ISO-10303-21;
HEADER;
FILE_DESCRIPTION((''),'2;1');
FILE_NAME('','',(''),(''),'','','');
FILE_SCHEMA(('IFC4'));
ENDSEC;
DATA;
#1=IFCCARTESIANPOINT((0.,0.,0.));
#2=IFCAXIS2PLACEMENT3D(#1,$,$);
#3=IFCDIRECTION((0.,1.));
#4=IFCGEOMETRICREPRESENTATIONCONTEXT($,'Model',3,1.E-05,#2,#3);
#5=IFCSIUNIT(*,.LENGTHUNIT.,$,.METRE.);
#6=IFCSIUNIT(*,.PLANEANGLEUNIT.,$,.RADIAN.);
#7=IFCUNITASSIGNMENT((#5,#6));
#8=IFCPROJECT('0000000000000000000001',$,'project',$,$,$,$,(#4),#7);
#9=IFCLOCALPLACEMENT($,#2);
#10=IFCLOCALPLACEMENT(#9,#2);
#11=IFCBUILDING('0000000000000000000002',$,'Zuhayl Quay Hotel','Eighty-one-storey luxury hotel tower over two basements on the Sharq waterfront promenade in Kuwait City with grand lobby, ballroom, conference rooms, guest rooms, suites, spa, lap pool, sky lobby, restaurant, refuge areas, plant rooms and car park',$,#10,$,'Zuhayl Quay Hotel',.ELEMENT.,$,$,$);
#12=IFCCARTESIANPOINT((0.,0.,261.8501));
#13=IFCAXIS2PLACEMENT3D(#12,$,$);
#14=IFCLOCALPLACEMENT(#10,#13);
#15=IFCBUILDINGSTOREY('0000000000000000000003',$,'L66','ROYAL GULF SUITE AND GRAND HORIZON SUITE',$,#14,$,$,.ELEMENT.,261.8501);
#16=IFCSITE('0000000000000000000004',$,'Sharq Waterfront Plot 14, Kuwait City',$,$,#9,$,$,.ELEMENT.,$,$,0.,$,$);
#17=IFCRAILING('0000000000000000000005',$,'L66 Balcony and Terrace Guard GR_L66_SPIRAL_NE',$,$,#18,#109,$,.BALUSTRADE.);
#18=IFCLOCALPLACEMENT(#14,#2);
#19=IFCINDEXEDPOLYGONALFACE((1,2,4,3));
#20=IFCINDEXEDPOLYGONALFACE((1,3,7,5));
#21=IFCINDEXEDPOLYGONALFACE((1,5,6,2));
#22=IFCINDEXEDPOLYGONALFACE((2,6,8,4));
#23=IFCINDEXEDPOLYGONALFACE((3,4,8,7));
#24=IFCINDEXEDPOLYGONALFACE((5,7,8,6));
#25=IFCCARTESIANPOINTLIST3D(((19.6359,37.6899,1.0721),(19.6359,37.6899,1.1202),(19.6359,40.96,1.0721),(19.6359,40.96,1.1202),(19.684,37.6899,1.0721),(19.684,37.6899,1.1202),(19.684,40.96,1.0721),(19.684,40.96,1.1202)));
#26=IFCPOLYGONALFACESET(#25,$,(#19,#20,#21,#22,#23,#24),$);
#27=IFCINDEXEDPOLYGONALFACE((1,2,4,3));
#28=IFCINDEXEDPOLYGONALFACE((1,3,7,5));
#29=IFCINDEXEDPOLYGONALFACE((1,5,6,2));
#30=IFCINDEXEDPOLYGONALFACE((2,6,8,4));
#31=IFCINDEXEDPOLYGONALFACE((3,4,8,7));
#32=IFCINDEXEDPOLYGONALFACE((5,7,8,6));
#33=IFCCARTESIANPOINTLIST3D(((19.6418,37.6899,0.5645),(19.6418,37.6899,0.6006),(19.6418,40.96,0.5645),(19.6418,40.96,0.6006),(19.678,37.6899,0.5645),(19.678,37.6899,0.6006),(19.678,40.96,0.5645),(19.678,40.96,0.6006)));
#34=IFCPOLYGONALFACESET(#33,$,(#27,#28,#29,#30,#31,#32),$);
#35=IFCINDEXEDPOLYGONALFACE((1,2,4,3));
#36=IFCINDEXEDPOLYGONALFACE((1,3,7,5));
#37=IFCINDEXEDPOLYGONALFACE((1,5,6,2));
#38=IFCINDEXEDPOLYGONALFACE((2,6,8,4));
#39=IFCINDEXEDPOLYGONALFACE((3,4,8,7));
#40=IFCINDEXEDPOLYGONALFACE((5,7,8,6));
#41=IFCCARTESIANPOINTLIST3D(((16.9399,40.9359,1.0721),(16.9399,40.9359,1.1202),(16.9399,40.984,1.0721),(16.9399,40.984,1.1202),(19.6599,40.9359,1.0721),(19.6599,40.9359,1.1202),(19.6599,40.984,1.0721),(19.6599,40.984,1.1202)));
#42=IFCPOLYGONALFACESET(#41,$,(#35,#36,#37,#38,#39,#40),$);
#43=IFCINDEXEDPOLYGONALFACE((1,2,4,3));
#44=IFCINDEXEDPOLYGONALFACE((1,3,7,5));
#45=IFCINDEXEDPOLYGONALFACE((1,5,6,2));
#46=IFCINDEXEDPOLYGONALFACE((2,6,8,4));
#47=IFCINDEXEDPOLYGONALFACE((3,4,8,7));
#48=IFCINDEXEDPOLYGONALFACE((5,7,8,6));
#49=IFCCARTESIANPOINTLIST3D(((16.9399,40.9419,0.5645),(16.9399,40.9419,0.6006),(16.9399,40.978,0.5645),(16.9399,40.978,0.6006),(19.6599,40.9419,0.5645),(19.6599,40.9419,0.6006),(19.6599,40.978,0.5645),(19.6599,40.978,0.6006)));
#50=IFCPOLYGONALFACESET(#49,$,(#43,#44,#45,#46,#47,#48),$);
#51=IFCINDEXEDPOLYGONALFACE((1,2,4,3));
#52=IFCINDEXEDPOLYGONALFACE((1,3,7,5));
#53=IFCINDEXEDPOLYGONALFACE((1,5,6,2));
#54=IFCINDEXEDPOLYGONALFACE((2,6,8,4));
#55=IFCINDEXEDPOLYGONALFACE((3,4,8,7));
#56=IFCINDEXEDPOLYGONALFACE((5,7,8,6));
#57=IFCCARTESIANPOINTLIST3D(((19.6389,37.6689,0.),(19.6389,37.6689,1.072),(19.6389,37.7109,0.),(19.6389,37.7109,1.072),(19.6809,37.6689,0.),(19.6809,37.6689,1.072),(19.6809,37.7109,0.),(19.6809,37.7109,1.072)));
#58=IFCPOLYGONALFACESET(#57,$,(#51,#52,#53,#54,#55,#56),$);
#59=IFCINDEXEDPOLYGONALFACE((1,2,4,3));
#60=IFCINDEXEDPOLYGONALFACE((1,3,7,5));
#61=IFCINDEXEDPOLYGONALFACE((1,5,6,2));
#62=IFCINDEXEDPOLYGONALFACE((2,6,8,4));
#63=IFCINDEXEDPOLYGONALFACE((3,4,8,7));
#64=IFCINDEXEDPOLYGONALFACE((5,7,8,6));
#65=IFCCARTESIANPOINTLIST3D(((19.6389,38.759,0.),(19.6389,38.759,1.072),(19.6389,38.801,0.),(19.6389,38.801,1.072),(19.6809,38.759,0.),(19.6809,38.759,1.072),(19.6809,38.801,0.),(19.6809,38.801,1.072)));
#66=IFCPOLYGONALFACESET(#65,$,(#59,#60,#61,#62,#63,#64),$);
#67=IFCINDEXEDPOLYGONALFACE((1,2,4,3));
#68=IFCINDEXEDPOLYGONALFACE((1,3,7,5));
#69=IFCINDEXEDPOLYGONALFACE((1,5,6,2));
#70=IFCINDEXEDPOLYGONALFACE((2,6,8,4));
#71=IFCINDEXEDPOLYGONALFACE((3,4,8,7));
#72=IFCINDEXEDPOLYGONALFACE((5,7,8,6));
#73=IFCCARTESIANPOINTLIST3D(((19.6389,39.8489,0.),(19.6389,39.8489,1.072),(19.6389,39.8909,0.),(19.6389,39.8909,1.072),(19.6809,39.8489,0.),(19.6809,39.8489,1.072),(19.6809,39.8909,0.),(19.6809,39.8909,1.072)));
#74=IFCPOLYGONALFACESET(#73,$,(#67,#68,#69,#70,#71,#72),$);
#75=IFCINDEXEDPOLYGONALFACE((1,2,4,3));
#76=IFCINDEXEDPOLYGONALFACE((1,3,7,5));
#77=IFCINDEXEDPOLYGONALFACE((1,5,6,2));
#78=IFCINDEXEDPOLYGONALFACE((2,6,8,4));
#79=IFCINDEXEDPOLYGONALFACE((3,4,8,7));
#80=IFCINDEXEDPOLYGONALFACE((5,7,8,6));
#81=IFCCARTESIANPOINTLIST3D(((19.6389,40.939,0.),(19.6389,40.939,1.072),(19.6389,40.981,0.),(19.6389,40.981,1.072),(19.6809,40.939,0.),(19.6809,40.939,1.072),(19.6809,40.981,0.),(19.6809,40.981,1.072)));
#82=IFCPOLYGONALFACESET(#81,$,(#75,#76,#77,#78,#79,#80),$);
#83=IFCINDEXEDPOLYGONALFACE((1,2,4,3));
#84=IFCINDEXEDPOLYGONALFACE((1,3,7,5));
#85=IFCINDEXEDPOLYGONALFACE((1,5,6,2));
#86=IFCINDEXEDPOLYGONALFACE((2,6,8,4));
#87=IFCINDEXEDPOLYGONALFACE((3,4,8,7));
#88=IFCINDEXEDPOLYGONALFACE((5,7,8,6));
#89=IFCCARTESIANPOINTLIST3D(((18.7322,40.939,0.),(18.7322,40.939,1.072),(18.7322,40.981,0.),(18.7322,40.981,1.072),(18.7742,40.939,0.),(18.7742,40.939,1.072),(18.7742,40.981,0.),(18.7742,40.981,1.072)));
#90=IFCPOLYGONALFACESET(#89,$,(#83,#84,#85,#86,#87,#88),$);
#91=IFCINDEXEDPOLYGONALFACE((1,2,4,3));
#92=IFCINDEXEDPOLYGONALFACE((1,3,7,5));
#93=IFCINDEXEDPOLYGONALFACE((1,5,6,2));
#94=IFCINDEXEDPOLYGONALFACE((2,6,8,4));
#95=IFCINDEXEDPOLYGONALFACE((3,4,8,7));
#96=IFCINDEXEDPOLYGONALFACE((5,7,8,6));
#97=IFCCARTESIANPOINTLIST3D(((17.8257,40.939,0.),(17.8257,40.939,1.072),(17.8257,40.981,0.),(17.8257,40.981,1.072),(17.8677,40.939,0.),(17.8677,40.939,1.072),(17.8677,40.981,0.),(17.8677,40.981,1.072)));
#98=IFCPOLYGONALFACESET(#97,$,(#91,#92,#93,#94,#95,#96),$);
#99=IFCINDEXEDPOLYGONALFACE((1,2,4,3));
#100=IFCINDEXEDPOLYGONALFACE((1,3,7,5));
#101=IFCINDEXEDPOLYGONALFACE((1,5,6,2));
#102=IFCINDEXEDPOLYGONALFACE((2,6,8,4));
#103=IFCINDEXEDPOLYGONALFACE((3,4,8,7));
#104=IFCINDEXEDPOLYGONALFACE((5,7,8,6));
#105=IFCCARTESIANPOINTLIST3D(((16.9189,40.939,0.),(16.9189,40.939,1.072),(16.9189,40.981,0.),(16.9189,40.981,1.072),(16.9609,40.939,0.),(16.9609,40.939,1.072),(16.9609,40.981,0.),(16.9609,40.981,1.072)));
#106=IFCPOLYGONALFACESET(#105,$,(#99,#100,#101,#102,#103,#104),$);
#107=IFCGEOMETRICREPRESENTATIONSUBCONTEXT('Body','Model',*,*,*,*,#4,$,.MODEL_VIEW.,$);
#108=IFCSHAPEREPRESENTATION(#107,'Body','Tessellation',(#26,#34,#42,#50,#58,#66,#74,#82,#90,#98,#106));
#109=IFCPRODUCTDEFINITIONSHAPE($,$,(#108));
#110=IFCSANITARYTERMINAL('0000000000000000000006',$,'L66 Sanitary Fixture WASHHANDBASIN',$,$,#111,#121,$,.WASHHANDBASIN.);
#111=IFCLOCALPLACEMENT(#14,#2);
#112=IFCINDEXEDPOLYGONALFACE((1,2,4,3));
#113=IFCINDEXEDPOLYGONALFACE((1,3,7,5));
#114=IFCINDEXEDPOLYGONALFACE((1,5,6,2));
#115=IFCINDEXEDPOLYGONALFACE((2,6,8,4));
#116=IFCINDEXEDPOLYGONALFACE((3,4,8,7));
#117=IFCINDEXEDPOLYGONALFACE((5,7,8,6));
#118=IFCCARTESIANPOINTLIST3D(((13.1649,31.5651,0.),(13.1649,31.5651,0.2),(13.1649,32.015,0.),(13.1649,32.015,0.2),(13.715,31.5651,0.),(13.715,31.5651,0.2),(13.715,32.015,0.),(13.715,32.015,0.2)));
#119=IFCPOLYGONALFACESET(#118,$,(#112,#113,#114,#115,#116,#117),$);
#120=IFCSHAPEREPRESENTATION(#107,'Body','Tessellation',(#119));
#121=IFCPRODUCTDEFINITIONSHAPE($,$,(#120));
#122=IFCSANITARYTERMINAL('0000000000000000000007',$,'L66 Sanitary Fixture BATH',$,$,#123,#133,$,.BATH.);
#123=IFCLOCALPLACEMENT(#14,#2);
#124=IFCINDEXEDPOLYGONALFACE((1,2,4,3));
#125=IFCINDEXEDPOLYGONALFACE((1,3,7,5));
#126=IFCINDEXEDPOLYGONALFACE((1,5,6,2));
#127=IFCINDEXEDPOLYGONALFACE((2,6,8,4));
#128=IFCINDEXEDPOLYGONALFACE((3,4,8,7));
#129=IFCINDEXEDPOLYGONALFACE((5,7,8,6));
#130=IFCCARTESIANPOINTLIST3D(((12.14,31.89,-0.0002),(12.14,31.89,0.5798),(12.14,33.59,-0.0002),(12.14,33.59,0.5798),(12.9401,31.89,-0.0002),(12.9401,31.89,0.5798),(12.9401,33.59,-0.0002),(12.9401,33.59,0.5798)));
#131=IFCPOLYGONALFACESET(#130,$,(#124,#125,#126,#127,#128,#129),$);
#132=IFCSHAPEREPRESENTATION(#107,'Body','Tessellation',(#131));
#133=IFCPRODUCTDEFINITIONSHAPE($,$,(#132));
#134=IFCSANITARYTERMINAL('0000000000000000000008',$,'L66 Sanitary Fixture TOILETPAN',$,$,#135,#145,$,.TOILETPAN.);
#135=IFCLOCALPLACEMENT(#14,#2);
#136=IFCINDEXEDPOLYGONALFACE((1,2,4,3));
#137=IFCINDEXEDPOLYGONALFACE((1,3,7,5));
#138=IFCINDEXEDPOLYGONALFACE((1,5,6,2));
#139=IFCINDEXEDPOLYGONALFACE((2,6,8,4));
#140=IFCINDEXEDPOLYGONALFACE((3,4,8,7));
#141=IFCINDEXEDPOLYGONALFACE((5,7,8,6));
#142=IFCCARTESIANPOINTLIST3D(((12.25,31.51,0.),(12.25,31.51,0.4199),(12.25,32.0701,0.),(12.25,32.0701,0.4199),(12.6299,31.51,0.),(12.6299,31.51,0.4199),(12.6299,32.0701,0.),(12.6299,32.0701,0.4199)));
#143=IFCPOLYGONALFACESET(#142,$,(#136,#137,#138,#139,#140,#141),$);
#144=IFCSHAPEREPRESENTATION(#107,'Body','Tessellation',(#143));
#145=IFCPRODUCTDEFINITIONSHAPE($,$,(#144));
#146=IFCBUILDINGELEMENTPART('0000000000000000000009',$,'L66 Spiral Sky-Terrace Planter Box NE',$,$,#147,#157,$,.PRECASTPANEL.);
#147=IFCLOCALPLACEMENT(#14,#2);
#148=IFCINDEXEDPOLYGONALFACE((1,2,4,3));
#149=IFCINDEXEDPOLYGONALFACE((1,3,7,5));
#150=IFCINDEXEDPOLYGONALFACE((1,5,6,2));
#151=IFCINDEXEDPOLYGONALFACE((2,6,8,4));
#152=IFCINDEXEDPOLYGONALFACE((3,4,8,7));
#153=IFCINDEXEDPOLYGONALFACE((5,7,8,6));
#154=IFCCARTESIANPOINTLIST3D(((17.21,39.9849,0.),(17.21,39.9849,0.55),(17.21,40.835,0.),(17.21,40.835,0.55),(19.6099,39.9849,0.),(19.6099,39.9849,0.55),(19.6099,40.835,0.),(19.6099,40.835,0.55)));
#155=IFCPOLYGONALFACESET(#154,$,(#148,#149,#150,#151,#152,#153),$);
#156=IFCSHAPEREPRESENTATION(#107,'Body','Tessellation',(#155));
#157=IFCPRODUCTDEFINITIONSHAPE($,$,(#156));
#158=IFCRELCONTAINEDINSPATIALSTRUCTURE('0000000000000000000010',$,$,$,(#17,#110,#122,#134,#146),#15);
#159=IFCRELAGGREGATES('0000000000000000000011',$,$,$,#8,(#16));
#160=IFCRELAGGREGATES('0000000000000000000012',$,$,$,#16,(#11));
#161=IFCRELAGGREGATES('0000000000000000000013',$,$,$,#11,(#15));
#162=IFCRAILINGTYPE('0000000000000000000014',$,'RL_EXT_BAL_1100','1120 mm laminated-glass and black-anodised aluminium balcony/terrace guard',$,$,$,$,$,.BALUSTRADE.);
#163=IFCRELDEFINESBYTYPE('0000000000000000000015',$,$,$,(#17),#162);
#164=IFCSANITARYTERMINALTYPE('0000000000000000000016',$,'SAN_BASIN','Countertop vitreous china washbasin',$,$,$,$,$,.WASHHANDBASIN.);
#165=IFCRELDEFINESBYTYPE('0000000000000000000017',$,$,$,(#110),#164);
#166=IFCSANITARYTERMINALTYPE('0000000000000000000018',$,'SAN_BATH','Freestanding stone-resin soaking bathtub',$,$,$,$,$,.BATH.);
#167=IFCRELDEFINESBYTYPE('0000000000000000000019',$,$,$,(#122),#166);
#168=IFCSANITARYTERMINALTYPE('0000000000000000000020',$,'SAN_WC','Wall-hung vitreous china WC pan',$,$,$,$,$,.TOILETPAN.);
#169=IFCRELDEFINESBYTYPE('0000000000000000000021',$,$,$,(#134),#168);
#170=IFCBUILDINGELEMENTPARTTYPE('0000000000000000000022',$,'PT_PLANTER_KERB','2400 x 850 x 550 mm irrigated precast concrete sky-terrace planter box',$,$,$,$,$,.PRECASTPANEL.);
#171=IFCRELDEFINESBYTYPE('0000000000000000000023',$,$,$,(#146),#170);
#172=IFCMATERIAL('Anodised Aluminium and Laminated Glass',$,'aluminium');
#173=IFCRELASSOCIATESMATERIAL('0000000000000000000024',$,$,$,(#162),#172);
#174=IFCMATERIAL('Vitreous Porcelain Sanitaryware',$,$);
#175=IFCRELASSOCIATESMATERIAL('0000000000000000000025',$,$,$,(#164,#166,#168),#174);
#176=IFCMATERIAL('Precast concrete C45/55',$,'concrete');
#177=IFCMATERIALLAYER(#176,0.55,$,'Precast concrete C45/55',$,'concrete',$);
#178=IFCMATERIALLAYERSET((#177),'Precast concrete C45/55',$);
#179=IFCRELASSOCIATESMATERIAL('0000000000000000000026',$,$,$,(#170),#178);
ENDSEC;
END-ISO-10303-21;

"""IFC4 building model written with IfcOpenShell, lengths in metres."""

from ifc_helpers import new_model, si_unit, direction, frame, origin, origin_2d, place, context, subcontext, project, spatial, rectangle, extrude, material, layer, layer_set, type_object, element, save


model = new_model("IFC4")

# Units and contexts
model_context = context("Model", 3, precision=1e-05, world=origin(), true_north=direction((0.0, 1.0)))
body_context = subcontext(model_context, "Body", "Model", "MODEL_VIEW")
ifc_project = project(units=[si_unit("LENGTHUNIT", "METRE"), si_unit("PLANEANGLEUNIT", "RADIAN")], contexts=[model_context])

# Site, building, storey
site_placement = place(None, origin())
site = spatial("IfcSite", under=ifc_project, at=site_placement, Name="Sharq Waterfront Plot 14, Kuwait City", CompositionType="ELEMENT", RefElevation=0.0)
building_placement = place(site_placement, origin())
building = spatial("IfcBuilding", under=site, at=building_placement, Name="Zuhayl Quay Hotel", Description="Eighty-one-storey luxury hotel tower over two basements on the Sharq waterfront promenade in Kuwait City with grand lobby, ballroom, conference rooms, guest rooms, suites, spa, lap pool, sky lobby, restaurant, refuge areas, plant rooms and car park", LongName="Zuhayl Quay Hotel", CompositionType="ELEMENT")
storey_placement = place(building_placement, frame((0.0, 0.0, 261.8501)))
storey = spatial("IfcBuildingStorey", under=building, at=storey_placement, Name="L66", Description="ROYAL GULF SUITE AND GRAND HORIZON SUITE", CompositionType="ELEMENT", Elevation=261.8501)

# Shared definitions
ifc_material_1 = material(Name="Precast concrete C45/55", Category="concrete")

# Railing
ifc_material_2 = material(Name="Anodised Aluminium and Laminated Glass", Category="aluminium")
railing_type = type_object("IfcRailingType", Name="RL_EXT_BAL_1100", Description="1120 mm laminated-glass and black-anodised aluminium balcony/terrace guard", PredefinedType="BALUSTRADE", material=ifc_material_2)
railing_placement = place(storey_placement, frame((19.6599, 37.6899, 0.0)))
element("IfcRailing", 1, at=railing_placement, inside=storey, type_object=railing_type, Name="L66 Balcony and Terrace Guard GR_L66_SPIRAL_NE", PredefinedType="BALUSTRADE", context=body_context, shape_type="SweptSolid", body=[
    extrude(rectangle(XDim=0.0481, YDim=0.0481, at=origin_2d()), frame((0.0, 0.0, 1.0962), z_axis=(0.0, 1.0, 0.0), x_axis=(-1.0, 0.0, 0.0)), (0.0, 0.0, 1.0), 3.27),
    extrude(rectangle(XDim=0.0361, YDim=0.0361, at=origin_2d()), frame((0.0, 0.0, 0.5825), z_axis=(0.0, 1.0, 0.0), x_axis=(-1.0, 0.0, 0.0)), (0.0, 0.0, 1.0), 3.27),
    extrude(rectangle(XDim=0.0481, YDim=0.0481, at=origin_2d()), frame((0.0, 3.27, 1.0962), z_axis=(-1.0, 0.0, 0.0), x_axis=(0.0, -1.0, 0.0)), (0.0, 0.0, 1.0), 2.72),
    extrude(rectangle(XDim=0.0361, YDim=0.0361, at=origin_2d()), frame((0.0, 3.27, 0.5825), z_axis=(-1.0, 0.0, 0.0), x_axis=(0.0, -1.0, 0.0)), (0.0, 0.0, 1.0), 2.72),
    extrude(rectangle(XDim=0.042, YDim=0.042, at=origin_2d()), origin(), (0.0, 0.0, 1.0), 1.072),
    extrude(rectangle(XDim=0.042, YDim=0.042, at=origin_2d()), frame((0.0, 1.0901, 0.0)), (0.0, 0.0, 1.0), 1.072),
    extrude(rectangle(XDim=0.042, YDim=0.042, at=origin_2d()), frame((0.0, 2.1799, 0.0)), (0.0, 0.0, 1.0), 1.072),
    extrude(rectangle(XDim=0.042, YDim=0.042, at=origin_2d()), frame((0.0, 3.27, 0.0)), (0.0, 0.0, 1.0), 1.072),
    extrude(rectangle(XDim=0.042, YDim=0.042, at=origin_2d()), frame((-0.9067, 3.27, 0.0)), (0.0, 0.0, 1.0), 1.072),
    extrude(rectangle(XDim=0.042, YDim=0.042, at=origin_2d()), frame((-1.8132, 3.27, 0.0)), (0.0, 0.0, 1.0), 1.072),
    extrude(rectangle(XDim=0.042, YDim=0.042, at=origin_2d()), frame((-2.72, 3.27, 0.0)), (0.0, 0.0, 1.0), 1.072),
])

# Sanitary terminals
ifc_material_3 = material(Name="Vitreous Porcelain Sanitaryware")
sanitary_terminal_type_1 = type_object("IfcSanitaryTerminalType", Name="SAN_BASIN", Description="Countertop vitreous china washbasin", PredefinedType="WASHHANDBASIN", material=ifc_material_3)
sanitary_terminal_1_placement = place(storey_placement, frame((13.4399, 31.79, 0.0), z_axis=(0.0, 0.0, 1.0), x_axis=(1.0, 0.0, 0.0)))
element("IfcSanitaryTerminal", 2, at=sanitary_terminal_1_placement, inside=storey, type_object=sanitary_terminal_type_1, Name="L66 Sanitary Fixture WASHHANDBASIN", PredefinedType="WASHHANDBASIN", context=body_context, shape_type="SweptSolid", body=[
    extrude(rectangle(XDim=0.55, YDim=0.45, at=origin_2d()), origin(), (0.0, 0.0, 1.0), 0.2),
])
sanitary_terminal_type_2 = type_object("IfcSanitaryTerminalType", Name="SAN_BATH", Description="Freestanding stone-resin soaking bathtub", PredefinedType="BATH", material=ifc_material_3)
sanitary_terminal_2_placement = place(storey_placement, frame((12.54, 32.74, -0.0002), z_axis=(0.0, 0.0, 1.0), x_axis=(1.0, 0.0, 0.0)))
element("IfcSanitaryTerminal", 3, at=sanitary_terminal_2_placement, inside=storey, type_object=sanitary_terminal_type_2, Name="L66 Sanitary Fixture BATH", PredefinedType="BATH", context=body_context, shape_type="SweptSolid", body=[
    extrude(rectangle(XDim=0.8, YDim=1.7, at=origin_2d()), origin(), (0.0, 0.0, 1.0), 0.5801),
])
sanitary_terminal_type_3 = type_object("IfcSanitaryTerminalType", Name="SAN_WC", Description="Wall-hung vitreous china WC pan", PredefinedType="TOILETPAN", material=ifc_material_3)
sanitary_terminal_3_placement = place(storey_placement, frame((12.4399, 31.79, 0.0), z_axis=(0.0, 0.0, 1.0), x_axis=(1.0, 0.0, 0.0)))
element("IfcSanitaryTerminal", 4, at=sanitary_terminal_3_placement, inside=storey, type_object=sanitary_terminal_type_3, Name="L66 Sanitary Fixture TOILETPAN", PredefinedType="TOILETPAN", context=body_context, shape_type="SweptSolid", body=[
    extrude(rectangle(XDim=0.3799, YDim=0.5601, at=origin_2d()), origin(), (0.0, 0.0, 1.0), 0.4199),
])

# Building element part
ifc_layer_1 = layer(ifc_material_1, 0.55, Name="Precast concrete C45/55", Category="concrete")
ifc_layer_set_1 = layer_set([ifc_layer_1], Name="Precast concrete C45/55")
building_element_part_type = type_object("IfcBuildingElementPartType", Name="PT_PLANTER_KERB", Description="2400 x 850 x 550 mm irrigated precast concrete sky-terrace planter box", PredefinedType="PRECASTPANEL", material=ifc_layer_set_1)
building_element_part_placement = place(storey_placement, frame((18.4099, 40.4099, 0.0), z_axis=(0.0, 0.0, 1.0), x_axis=(1.0, 0.0, 0.0)))
element("IfcBuildingElementPart", 5, at=building_element_part_placement, inside=storey, type_object=building_element_part_type, Name="L66 Spiral Sky-Terrace Planter Box NE", PredefinedType="PRECASTPANEL", context=body_context, shape_type="SweptSolid", body=[
    extrude(rectangle(XDim=2.3999, YDim=0.8501, at=origin_2d()), origin(), (0.0, 0.0, 1.0), 0.55),
])

save(model, "model.ifc")
